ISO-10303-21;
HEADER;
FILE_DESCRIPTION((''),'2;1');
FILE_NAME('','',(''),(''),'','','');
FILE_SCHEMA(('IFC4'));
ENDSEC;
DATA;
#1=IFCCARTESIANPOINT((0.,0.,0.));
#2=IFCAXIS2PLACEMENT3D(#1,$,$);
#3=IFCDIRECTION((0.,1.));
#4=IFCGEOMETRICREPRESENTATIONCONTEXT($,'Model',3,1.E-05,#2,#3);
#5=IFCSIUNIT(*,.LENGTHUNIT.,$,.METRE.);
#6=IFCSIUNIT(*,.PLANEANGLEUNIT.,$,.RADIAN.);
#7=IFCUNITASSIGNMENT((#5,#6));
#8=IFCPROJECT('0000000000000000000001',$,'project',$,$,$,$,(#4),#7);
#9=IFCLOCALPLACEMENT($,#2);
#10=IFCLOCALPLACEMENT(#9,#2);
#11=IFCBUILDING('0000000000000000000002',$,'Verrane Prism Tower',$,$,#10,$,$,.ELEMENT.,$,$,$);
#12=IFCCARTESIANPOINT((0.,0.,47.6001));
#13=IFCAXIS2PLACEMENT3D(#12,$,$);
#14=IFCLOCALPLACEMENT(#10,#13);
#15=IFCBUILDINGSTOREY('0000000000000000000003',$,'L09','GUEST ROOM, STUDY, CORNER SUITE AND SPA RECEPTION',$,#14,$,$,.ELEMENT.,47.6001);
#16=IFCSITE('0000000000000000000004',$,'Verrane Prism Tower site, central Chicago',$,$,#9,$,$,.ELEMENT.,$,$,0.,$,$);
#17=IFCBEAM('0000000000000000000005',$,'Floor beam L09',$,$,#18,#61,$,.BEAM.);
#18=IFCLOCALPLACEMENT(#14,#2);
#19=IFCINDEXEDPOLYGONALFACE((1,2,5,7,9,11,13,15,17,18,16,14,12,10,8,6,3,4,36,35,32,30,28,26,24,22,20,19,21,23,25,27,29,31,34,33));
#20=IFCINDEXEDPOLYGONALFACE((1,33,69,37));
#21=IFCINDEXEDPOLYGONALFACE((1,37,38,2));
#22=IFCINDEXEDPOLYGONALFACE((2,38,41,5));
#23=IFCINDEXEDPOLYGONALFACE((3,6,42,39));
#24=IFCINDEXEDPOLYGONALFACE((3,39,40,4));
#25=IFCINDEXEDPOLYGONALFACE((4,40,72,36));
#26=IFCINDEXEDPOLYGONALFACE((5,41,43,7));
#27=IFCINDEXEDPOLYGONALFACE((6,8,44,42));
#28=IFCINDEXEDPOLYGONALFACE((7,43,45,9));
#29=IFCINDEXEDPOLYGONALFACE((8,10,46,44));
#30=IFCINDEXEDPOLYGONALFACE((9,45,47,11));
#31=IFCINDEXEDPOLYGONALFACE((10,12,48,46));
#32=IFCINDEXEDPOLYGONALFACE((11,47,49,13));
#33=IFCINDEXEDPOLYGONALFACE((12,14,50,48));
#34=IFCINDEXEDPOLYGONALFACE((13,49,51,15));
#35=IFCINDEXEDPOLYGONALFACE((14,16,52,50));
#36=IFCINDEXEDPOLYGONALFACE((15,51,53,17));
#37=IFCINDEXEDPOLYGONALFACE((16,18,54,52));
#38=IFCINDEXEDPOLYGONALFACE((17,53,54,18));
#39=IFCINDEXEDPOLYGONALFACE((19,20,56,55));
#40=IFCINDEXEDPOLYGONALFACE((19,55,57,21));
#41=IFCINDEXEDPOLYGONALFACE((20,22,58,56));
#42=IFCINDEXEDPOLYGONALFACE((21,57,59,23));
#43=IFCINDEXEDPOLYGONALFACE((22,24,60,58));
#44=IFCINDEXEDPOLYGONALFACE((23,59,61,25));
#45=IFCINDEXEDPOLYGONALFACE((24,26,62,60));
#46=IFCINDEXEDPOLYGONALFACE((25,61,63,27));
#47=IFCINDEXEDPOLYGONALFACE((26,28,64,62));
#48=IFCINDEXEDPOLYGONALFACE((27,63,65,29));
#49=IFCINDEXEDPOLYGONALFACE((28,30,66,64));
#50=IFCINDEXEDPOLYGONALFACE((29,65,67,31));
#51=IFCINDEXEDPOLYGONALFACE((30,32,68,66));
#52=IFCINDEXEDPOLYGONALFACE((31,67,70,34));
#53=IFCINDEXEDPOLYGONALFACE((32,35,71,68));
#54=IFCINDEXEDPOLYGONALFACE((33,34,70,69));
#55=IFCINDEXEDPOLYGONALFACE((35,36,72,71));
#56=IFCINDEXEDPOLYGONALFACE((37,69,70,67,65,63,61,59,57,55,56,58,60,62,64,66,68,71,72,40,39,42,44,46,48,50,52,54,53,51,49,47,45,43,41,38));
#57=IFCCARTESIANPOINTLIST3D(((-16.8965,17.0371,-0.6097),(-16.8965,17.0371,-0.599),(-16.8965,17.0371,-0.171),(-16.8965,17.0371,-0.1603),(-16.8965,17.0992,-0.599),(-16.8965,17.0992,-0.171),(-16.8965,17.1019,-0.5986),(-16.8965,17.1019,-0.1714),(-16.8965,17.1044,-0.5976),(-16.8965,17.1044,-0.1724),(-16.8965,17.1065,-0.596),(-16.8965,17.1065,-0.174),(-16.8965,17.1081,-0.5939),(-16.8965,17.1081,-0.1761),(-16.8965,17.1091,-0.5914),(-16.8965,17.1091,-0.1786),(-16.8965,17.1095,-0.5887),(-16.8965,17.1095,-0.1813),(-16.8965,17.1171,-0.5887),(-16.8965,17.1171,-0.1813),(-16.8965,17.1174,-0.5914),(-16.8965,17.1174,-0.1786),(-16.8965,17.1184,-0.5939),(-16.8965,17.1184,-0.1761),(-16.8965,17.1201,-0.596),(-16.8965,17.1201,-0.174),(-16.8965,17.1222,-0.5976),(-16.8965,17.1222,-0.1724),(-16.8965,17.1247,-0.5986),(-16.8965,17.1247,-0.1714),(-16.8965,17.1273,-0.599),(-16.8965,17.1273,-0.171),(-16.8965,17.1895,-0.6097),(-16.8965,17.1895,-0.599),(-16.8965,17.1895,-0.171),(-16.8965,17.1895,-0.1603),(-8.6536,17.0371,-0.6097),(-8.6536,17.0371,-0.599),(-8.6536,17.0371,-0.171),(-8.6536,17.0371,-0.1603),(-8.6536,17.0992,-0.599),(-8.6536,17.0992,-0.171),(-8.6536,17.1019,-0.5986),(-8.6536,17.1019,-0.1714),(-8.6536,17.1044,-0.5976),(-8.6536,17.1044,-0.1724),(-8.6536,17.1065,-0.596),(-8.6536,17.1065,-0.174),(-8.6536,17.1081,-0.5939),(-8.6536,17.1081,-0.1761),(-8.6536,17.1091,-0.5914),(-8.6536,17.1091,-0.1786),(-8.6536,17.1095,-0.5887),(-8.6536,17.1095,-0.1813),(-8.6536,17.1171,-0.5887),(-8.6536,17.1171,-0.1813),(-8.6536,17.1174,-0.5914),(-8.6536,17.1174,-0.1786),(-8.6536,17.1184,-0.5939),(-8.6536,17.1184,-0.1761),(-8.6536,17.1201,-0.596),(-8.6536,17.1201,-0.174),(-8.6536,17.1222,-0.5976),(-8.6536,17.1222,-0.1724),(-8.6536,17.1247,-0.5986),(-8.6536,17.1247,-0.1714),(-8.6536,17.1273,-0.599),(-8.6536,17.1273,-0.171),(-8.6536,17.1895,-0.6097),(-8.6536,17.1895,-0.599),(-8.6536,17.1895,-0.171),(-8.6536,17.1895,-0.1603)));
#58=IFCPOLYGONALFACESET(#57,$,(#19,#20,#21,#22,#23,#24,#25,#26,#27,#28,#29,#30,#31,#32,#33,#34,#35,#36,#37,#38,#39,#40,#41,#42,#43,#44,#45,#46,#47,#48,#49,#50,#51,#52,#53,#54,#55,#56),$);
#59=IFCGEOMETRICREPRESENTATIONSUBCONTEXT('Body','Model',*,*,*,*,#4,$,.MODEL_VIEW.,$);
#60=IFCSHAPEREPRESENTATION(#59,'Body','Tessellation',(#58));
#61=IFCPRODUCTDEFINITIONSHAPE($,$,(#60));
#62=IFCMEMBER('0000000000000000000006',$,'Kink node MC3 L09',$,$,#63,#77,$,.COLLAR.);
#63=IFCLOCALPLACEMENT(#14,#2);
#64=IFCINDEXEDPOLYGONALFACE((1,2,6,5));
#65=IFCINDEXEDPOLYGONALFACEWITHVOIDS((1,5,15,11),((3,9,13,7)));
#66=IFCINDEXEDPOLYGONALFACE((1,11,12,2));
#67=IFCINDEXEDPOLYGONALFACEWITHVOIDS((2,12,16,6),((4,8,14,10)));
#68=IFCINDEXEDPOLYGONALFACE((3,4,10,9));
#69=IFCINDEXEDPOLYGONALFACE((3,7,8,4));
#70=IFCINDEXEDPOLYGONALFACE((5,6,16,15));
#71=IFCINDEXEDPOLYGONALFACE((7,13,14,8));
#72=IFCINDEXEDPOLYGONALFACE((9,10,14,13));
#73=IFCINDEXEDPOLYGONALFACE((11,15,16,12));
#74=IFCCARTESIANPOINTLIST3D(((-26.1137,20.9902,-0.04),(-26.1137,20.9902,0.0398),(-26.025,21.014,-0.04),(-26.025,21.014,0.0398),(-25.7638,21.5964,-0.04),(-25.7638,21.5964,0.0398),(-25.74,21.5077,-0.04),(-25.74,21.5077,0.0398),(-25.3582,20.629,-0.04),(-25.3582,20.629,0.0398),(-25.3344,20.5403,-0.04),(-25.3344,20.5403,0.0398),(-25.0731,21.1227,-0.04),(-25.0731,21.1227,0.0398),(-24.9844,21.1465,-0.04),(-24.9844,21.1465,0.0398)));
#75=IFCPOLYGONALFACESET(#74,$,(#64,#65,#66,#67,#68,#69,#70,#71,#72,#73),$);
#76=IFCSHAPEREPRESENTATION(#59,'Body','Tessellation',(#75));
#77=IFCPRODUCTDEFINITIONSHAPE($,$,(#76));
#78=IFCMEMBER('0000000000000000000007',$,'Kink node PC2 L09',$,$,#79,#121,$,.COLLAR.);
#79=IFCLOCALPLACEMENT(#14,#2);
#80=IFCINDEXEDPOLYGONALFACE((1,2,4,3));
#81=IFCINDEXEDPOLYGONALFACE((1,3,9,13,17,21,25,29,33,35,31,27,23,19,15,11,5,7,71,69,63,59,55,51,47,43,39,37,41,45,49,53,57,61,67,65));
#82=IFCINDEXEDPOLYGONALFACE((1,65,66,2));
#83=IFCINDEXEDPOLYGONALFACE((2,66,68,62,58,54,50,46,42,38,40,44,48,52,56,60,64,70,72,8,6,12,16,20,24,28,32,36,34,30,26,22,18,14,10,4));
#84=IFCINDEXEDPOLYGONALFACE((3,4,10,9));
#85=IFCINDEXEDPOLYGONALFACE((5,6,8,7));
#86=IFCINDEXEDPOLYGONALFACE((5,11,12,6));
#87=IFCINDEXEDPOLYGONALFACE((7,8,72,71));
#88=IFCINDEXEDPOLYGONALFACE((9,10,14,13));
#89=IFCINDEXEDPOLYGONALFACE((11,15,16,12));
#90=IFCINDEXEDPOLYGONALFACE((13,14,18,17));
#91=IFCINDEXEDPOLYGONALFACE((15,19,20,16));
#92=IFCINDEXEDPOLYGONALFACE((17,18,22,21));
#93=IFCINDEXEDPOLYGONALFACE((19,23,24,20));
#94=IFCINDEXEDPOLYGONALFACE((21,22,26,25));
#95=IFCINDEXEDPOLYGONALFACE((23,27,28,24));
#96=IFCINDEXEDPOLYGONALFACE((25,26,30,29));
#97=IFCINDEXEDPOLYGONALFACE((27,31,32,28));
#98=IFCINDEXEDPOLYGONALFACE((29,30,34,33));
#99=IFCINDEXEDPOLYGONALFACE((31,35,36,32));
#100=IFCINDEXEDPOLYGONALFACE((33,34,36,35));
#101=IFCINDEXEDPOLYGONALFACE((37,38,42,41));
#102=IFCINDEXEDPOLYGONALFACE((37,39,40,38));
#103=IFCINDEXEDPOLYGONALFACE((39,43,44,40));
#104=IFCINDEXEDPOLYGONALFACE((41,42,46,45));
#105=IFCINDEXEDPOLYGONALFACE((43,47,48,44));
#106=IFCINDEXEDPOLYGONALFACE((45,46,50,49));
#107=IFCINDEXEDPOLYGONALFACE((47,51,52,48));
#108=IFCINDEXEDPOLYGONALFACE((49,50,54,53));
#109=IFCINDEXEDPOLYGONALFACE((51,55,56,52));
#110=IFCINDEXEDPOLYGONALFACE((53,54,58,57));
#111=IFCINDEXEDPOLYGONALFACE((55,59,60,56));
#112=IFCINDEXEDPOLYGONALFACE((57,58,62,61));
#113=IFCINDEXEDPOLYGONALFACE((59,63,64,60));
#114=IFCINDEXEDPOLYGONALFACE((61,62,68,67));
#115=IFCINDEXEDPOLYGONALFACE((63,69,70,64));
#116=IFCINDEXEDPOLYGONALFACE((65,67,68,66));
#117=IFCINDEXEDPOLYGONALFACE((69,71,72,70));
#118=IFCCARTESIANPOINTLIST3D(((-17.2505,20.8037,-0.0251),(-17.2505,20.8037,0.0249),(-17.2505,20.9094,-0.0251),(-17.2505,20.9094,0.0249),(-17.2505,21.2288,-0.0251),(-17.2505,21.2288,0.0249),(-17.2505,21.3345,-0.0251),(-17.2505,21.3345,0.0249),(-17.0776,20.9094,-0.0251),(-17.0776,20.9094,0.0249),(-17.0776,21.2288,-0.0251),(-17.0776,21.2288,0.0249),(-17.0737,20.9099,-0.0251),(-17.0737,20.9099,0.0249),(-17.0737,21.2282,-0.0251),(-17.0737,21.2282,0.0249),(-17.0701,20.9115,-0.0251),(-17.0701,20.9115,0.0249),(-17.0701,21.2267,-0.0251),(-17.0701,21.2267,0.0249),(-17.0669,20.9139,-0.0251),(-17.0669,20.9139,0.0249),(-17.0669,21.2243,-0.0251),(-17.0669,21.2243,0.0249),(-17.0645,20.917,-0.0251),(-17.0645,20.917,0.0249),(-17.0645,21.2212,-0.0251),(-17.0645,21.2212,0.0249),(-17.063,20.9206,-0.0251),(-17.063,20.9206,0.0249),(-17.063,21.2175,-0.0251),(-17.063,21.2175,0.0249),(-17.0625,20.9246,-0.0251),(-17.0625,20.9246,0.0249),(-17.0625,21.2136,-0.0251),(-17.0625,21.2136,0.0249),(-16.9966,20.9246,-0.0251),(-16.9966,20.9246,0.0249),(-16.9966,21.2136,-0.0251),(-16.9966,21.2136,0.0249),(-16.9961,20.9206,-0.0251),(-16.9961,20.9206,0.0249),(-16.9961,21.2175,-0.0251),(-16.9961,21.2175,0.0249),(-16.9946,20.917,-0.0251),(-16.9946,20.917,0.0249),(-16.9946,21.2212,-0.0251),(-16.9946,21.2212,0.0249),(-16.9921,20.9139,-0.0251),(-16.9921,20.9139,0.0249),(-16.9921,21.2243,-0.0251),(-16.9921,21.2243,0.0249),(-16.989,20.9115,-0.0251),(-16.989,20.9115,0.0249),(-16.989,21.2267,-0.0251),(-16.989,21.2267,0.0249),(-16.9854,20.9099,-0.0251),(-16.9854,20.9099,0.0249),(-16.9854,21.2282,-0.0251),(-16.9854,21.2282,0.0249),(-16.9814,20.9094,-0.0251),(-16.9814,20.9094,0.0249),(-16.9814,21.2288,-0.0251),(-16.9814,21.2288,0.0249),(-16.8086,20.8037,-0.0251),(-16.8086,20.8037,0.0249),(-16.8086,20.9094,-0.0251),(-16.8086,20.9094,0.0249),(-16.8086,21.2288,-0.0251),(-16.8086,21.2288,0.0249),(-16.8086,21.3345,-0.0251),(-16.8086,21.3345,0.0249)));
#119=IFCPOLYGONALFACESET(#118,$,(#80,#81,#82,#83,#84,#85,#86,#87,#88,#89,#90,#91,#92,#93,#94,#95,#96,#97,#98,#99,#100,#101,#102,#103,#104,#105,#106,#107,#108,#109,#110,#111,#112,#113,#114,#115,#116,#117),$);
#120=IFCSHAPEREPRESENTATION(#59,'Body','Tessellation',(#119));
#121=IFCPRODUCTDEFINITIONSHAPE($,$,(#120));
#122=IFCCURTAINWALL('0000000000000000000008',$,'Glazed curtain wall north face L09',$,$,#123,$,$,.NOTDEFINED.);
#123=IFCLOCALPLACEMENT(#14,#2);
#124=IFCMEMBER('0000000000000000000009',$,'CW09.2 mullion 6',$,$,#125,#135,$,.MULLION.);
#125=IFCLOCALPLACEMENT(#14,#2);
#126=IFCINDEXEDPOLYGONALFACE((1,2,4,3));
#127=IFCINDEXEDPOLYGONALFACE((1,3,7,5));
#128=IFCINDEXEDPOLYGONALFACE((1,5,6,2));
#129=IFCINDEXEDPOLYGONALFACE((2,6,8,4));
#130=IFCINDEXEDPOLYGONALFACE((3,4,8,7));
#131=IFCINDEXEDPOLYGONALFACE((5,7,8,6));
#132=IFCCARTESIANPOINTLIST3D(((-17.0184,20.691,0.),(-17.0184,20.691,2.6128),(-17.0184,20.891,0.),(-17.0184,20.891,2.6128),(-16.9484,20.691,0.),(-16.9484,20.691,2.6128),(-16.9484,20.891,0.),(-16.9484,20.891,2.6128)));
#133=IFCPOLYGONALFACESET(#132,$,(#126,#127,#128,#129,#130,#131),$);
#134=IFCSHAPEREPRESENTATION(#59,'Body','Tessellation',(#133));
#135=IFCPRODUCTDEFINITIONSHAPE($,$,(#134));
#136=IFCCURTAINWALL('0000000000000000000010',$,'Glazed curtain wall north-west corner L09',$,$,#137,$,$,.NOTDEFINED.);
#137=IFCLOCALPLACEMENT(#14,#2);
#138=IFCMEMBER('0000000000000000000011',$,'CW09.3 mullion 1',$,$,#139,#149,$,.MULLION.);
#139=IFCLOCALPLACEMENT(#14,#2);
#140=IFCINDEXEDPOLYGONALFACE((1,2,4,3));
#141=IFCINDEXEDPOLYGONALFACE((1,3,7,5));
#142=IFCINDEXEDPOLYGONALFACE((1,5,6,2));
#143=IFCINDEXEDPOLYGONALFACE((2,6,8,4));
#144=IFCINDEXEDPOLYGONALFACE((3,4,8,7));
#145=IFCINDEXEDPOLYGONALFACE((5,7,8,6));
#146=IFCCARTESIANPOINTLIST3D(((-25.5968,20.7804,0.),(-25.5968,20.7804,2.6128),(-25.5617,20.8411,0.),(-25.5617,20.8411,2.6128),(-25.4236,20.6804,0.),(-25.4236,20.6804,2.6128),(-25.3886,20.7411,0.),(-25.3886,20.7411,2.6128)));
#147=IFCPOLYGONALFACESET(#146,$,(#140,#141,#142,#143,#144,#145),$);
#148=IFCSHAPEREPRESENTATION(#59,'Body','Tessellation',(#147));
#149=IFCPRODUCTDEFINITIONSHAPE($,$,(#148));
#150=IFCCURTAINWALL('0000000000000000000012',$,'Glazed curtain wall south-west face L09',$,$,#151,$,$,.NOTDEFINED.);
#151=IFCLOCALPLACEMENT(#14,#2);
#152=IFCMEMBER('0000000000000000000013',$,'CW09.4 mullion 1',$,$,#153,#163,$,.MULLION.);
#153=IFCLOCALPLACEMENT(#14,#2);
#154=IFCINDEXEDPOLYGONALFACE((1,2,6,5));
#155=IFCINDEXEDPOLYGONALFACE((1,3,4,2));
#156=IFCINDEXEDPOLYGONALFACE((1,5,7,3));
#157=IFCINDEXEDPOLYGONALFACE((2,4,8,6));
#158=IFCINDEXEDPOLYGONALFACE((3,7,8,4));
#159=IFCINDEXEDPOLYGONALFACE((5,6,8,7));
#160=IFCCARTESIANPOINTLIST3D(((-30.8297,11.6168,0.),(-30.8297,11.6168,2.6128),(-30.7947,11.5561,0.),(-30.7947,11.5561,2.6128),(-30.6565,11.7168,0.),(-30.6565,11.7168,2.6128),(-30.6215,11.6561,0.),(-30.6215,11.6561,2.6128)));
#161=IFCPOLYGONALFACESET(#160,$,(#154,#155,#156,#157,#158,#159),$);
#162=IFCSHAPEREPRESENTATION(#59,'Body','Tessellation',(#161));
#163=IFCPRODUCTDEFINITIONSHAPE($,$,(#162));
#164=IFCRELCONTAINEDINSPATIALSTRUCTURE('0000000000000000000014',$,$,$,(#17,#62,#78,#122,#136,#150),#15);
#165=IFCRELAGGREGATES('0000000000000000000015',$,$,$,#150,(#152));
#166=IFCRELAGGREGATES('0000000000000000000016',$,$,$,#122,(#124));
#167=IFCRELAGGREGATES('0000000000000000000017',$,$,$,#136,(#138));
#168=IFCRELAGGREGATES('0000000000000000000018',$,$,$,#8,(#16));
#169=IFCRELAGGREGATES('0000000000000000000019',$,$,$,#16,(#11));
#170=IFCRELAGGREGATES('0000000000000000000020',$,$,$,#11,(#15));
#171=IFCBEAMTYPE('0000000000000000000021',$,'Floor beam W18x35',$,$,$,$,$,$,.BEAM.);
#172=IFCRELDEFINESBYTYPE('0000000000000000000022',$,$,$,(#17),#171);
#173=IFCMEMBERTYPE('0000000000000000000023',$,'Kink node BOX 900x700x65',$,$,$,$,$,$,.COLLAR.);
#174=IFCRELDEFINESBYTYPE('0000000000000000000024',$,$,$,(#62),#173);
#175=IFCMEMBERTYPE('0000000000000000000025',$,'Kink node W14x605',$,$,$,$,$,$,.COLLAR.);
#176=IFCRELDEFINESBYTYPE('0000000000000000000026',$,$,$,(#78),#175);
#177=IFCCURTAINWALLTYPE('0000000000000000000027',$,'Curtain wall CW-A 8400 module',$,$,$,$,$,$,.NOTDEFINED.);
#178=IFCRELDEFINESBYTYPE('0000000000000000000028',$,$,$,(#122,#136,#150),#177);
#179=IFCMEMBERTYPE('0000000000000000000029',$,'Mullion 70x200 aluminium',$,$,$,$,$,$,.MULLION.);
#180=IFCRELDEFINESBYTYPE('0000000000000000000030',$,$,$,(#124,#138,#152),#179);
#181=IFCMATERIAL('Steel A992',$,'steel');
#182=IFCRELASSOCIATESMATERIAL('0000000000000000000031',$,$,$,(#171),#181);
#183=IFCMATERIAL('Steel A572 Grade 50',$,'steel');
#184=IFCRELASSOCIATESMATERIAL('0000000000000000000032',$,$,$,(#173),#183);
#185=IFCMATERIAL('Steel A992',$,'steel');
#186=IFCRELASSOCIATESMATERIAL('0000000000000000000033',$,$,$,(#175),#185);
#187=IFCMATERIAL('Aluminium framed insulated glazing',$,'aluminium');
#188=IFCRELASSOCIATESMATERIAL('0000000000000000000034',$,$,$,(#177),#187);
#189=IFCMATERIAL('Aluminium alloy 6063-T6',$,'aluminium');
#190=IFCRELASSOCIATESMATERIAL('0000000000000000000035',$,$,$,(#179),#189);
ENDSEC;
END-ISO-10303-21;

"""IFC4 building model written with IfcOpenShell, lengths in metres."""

from ifc_helpers import new_model, si_unit, direction, frame, origin, origin_2d, place, context, subcontext, project, spatial, rectangle, hollow_rectangle, i_section, extrude, material, material_profile, profile_set, type_object, element, aggregate, save


model = new_model("IFC4")

# Units and contexts
model_context = context("Model", 3, precision=1e-05, world=origin(), true_north=direction((0.0, 1.0)))
body_context = subcontext(model_context, "Body", "Model", "MODEL_VIEW")
ifc_project = project(units=[si_unit("LENGTHUNIT", "METRE"), si_unit("PLANEANGLEUNIT", "RADIAN")], contexts=[model_context])

# Site, building, storey
site_placement = place(None, origin())
site = spatial("IfcSite", under=ifc_project, at=site_placement, Name="Verrane Prism Tower site, central Chicago", CompositionType="ELEMENT", RefElevation=0.0)
building_placement = place(site_placement, origin())
building = spatial("IfcBuilding", under=site, at=building_placement, Name="Verrane Prism Tower", CompositionType="ELEMENT")
storey_placement = place(building_placement, frame((0.0, 0.0, 47.6001)))
storey = spatial("IfcBuildingStorey", under=building, at=storey_placement, Name="L09", Description="GUEST ROOM, STUDY, CORNER SUITE AND SPA RECEPTION", CompositionType="ELEMENT", Elevation=47.6001)

# Beam
ifc_material_1 = material(Name="Steel A992", Category="steel")
ifc_material_profile_1 = material_profile(ifc_material_1, i_section(OverallWidth=0.1523, OverallDepth=0.4495, WebThickness=0.0076, FlangeThickness=0.0107, FilletRadius=0.0103, at=origin_2d()), Name="W18x35")
ifc_profile_set_1 = profile_set([ifc_material_profile_1], Name="Steel A992")
beam_type_1 = type_object("IfcBeamType", Name="Floor beam W18x35", PredefinedType="BEAM", material=ifc_profile_set_1)
for number, where, z_axis, x_axis, name in (
    (1, (-16.8965, 17.1133, -0.385), (1.0, 0.0, 0.0), (0.0, 1.0, 0.0), "Floor beam L09"),
):
    element("IfcBeam", number, at=place(storey_placement, frame(where, z_axis=z_axis, x_axis=x_axis)), inside=storey, type_object=beam_type_1, Name=name, PredefinedType="BEAM", context=body_context, shape_type="SweptSolid", body=[
        extrude(i_section(OverallWidth=0.1523, OverallDepth=0.4495, WebThickness=0.0076, FlangeThickness=0.0107, FilletRadius=0.0103, at=origin_2d()), origin(), (0.0, 0.0, 1.0), 8.2429),
    ])

# Members
ifc_material_2 = material(Name="Steel A572 Grade 50", Category="steel")
ifc_material_profile_2 = material_profile(ifc_material_2, hollow_rectangle(XDim=0.7, YDim=0.8999, WallThickness=0.0649, at=origin_2d()), Name="BOX 900x700x65")
ifc_profile_set_2 = profile_set([ifc_material_profile_2], Name="Steel A572 Grade 50")
member_type_1 = type_object("IfcMemberType", Name="Kink node BOX 900x700x65", PredefinedType="COLLAR", material=ifc_profile_set_2)
member_1_placement = place(storey_placement, frame((-25.5491, 21.0684, -0.04), z_axis=(0.0, 0.0, 1.0), x_axis=(0.5, 0.866025, 0.0)))
element("IfcMember", 2, at=member_1_placement, inside=storey, type_object=member_type_1, Name="Kink node MC3 L09", PredefinedType="COLLAR", context=body_context, shape_type="SweptSolid", body=[
    extrude(hollow_rectangle(XDim=0.7, YDim=0.8999, WallThickness=0.0649, at=origin_2d()), origin(), (0.0, 0.0, 1.0), 0.0798),
])
ifc_material_3 = material(Name="Steel A992", Category="steel")
ifc_material_profile_3 = material_profile(ifc_material_3, i_section(OverallWidth=0.4419, OverallDepth=0.5308, WebThickness=0.0659, FlangeThickness=0.1057, FilletRadius=0.0151, at=origin_2d()), Name="W14x605")
ifc_profile_set_3 = profile_set([ifc_material_profile_3], Name="Steel A992")
member_type_2 = type_object("IfcMemberType", Name="Kink node W14x605", PredefinedType="COLLAR", material=ifc_profile_set_3)
member_2_placement = place(storey_placement, frame((-17.0295, 21.0691, -0.0251), z_axis=(0.0, 0.0, 1.0), x_axis=(1.0, 0.0, 0.0)))
element("IfcMember", 3, at=member_2_placement, inside=storey, type_object=member_type_2, Name="Kink node PC2 L09", PredefinedType="COLLAR", context=body_context, shape_type="SweptSolid", body=[
    extrude(i_section(OverallWidth=0.4419, OverallDepth=0.5308, WebThickness=0.0659, FlangeThickness=0.1057, FilletRadius=0.0151, at=origin_2d()), origin(), (0.0, 0.0, 1.0), 0.05),
])

# Curtain walls, members
ifc_material_4 = material(Name="Aluminium framed insulated glazing", Category="aluminium")
curtain_wall_type = type_object("IfcCurtainWallType", Name="Curtain wall CW-A 8400 module", PredefinedType="NOTDEFINED", material=ifc_material_4)
curtain_wall_1_placement = place(storey_placement, origin())
curtain_wall_1 = element("IfcCurtainWall", 4, at=curtain_wall_1_placement, inside=storey, type_object=curtain_wall_type, Name="Glazed curtain wall north face L09", PredefinedType="NOTDEFINED")
ifc_material_5 = material(Name="Aluminium alloy 6063-T6", Category="aluminium")
ifc_material_profile_4 = material_profile(ifc_material_5, rectangle(XDim=0.2, YDim=0.0701, at=origin_2d()), Name="Mullion 70x200 aluminium")
ifc_profile_set_4 = profile_set([ifc_material_profile_4], Name="Aluminium alloy 6063-T6")
member_type_3 = type_object("IfcMemberType", Name="Mullion 70x200 aluminium", PredefinedType="MULLION", material=ifc_profile_set_4)
member_3_placement = place(storey_placement, frame((-16.9834, 20.791, 0.0), z_axis=(0.0, 0.0, 1.0), x_axis=(0.0, -1.0, 0.0)))
member_3 = element("IfcMember", 5, at=member_3_placement, type_object=member_type_3, Name="CW09.2 mullion 6", PredefinedType="MULLION", context=body_context, shape_type="SweptSolid", body=[
    extrude(rectangle(XDim=0.2, YDim=0.0701, at=origin_2d()), origin(), (0.0, 0.0, 1.0), 2.6128),
])
curtain_wall_2_placement = place(storey_placement, origin())
curtain_wall_2 = element("IfcCurtainWall", 6, at=curtain_wall_2_placement, inside=storey, type_object=curtain_wall_type, Name="Glazed curtain wall north-west corner L09", PredefinedType="NOTDEFINED")
member_4_placement = place(storey_placement, frame((-25.4927, 20.7607, 0.0), z_axis=(0.0, 0.0, 1.0), x_axis=(0.866026, -0.499999, 0.0)))
member_4 = element("IfcMember", 7, at=member_4_placement, type_object=member_type_3, Name="CW09.3 mullion 1", PredefinedType="MULLION", context=body_context, shape_type="SweptSolid", body=[
    extrude(rectangle(XDim=0.2, YDim=0.0701, at=origin_2d()), origin(), (0.0, 0.0, 1.0), 2.6128),
])
curtain_wall_3_placement = place(storey_placement, origin())
curtain_wall_3 = element("IfcCurtainWall", 8, at=curtain_wall_3_placement, inside=storey, type_object=curtain_wall_type, Name="Glazed curtain wall south-west face L09", PredefinedType="NOTDEFINED")
member_5_placement = place(storey_placement, frame((-30.7256, 11.6365, 0.0), z_axis=(0.0, 0.0, 1.0), x_axis=(0.866026, 0.499999, 0.0)))
member_5 = element("IfcMember", 9, at=member_5_placement, type_object=member_type_3, Name="CW09.4 mullion 1", PredefinedType="MULLION", context=body_context, shape_type="SweptSolid", body=[
    extrude(rectangle(XDim=0.2, YDim=0.0701, at=origin_2d()), origin(), (0.0, 0.0, 1.0), 2.6128),
])

aggregate(curtain_wall_3, [member_5])

aggregate(curtain_wall_1, [member_3])
aggregate(curtain_wall_2, [member_4])

save(model, "model.ifc")
